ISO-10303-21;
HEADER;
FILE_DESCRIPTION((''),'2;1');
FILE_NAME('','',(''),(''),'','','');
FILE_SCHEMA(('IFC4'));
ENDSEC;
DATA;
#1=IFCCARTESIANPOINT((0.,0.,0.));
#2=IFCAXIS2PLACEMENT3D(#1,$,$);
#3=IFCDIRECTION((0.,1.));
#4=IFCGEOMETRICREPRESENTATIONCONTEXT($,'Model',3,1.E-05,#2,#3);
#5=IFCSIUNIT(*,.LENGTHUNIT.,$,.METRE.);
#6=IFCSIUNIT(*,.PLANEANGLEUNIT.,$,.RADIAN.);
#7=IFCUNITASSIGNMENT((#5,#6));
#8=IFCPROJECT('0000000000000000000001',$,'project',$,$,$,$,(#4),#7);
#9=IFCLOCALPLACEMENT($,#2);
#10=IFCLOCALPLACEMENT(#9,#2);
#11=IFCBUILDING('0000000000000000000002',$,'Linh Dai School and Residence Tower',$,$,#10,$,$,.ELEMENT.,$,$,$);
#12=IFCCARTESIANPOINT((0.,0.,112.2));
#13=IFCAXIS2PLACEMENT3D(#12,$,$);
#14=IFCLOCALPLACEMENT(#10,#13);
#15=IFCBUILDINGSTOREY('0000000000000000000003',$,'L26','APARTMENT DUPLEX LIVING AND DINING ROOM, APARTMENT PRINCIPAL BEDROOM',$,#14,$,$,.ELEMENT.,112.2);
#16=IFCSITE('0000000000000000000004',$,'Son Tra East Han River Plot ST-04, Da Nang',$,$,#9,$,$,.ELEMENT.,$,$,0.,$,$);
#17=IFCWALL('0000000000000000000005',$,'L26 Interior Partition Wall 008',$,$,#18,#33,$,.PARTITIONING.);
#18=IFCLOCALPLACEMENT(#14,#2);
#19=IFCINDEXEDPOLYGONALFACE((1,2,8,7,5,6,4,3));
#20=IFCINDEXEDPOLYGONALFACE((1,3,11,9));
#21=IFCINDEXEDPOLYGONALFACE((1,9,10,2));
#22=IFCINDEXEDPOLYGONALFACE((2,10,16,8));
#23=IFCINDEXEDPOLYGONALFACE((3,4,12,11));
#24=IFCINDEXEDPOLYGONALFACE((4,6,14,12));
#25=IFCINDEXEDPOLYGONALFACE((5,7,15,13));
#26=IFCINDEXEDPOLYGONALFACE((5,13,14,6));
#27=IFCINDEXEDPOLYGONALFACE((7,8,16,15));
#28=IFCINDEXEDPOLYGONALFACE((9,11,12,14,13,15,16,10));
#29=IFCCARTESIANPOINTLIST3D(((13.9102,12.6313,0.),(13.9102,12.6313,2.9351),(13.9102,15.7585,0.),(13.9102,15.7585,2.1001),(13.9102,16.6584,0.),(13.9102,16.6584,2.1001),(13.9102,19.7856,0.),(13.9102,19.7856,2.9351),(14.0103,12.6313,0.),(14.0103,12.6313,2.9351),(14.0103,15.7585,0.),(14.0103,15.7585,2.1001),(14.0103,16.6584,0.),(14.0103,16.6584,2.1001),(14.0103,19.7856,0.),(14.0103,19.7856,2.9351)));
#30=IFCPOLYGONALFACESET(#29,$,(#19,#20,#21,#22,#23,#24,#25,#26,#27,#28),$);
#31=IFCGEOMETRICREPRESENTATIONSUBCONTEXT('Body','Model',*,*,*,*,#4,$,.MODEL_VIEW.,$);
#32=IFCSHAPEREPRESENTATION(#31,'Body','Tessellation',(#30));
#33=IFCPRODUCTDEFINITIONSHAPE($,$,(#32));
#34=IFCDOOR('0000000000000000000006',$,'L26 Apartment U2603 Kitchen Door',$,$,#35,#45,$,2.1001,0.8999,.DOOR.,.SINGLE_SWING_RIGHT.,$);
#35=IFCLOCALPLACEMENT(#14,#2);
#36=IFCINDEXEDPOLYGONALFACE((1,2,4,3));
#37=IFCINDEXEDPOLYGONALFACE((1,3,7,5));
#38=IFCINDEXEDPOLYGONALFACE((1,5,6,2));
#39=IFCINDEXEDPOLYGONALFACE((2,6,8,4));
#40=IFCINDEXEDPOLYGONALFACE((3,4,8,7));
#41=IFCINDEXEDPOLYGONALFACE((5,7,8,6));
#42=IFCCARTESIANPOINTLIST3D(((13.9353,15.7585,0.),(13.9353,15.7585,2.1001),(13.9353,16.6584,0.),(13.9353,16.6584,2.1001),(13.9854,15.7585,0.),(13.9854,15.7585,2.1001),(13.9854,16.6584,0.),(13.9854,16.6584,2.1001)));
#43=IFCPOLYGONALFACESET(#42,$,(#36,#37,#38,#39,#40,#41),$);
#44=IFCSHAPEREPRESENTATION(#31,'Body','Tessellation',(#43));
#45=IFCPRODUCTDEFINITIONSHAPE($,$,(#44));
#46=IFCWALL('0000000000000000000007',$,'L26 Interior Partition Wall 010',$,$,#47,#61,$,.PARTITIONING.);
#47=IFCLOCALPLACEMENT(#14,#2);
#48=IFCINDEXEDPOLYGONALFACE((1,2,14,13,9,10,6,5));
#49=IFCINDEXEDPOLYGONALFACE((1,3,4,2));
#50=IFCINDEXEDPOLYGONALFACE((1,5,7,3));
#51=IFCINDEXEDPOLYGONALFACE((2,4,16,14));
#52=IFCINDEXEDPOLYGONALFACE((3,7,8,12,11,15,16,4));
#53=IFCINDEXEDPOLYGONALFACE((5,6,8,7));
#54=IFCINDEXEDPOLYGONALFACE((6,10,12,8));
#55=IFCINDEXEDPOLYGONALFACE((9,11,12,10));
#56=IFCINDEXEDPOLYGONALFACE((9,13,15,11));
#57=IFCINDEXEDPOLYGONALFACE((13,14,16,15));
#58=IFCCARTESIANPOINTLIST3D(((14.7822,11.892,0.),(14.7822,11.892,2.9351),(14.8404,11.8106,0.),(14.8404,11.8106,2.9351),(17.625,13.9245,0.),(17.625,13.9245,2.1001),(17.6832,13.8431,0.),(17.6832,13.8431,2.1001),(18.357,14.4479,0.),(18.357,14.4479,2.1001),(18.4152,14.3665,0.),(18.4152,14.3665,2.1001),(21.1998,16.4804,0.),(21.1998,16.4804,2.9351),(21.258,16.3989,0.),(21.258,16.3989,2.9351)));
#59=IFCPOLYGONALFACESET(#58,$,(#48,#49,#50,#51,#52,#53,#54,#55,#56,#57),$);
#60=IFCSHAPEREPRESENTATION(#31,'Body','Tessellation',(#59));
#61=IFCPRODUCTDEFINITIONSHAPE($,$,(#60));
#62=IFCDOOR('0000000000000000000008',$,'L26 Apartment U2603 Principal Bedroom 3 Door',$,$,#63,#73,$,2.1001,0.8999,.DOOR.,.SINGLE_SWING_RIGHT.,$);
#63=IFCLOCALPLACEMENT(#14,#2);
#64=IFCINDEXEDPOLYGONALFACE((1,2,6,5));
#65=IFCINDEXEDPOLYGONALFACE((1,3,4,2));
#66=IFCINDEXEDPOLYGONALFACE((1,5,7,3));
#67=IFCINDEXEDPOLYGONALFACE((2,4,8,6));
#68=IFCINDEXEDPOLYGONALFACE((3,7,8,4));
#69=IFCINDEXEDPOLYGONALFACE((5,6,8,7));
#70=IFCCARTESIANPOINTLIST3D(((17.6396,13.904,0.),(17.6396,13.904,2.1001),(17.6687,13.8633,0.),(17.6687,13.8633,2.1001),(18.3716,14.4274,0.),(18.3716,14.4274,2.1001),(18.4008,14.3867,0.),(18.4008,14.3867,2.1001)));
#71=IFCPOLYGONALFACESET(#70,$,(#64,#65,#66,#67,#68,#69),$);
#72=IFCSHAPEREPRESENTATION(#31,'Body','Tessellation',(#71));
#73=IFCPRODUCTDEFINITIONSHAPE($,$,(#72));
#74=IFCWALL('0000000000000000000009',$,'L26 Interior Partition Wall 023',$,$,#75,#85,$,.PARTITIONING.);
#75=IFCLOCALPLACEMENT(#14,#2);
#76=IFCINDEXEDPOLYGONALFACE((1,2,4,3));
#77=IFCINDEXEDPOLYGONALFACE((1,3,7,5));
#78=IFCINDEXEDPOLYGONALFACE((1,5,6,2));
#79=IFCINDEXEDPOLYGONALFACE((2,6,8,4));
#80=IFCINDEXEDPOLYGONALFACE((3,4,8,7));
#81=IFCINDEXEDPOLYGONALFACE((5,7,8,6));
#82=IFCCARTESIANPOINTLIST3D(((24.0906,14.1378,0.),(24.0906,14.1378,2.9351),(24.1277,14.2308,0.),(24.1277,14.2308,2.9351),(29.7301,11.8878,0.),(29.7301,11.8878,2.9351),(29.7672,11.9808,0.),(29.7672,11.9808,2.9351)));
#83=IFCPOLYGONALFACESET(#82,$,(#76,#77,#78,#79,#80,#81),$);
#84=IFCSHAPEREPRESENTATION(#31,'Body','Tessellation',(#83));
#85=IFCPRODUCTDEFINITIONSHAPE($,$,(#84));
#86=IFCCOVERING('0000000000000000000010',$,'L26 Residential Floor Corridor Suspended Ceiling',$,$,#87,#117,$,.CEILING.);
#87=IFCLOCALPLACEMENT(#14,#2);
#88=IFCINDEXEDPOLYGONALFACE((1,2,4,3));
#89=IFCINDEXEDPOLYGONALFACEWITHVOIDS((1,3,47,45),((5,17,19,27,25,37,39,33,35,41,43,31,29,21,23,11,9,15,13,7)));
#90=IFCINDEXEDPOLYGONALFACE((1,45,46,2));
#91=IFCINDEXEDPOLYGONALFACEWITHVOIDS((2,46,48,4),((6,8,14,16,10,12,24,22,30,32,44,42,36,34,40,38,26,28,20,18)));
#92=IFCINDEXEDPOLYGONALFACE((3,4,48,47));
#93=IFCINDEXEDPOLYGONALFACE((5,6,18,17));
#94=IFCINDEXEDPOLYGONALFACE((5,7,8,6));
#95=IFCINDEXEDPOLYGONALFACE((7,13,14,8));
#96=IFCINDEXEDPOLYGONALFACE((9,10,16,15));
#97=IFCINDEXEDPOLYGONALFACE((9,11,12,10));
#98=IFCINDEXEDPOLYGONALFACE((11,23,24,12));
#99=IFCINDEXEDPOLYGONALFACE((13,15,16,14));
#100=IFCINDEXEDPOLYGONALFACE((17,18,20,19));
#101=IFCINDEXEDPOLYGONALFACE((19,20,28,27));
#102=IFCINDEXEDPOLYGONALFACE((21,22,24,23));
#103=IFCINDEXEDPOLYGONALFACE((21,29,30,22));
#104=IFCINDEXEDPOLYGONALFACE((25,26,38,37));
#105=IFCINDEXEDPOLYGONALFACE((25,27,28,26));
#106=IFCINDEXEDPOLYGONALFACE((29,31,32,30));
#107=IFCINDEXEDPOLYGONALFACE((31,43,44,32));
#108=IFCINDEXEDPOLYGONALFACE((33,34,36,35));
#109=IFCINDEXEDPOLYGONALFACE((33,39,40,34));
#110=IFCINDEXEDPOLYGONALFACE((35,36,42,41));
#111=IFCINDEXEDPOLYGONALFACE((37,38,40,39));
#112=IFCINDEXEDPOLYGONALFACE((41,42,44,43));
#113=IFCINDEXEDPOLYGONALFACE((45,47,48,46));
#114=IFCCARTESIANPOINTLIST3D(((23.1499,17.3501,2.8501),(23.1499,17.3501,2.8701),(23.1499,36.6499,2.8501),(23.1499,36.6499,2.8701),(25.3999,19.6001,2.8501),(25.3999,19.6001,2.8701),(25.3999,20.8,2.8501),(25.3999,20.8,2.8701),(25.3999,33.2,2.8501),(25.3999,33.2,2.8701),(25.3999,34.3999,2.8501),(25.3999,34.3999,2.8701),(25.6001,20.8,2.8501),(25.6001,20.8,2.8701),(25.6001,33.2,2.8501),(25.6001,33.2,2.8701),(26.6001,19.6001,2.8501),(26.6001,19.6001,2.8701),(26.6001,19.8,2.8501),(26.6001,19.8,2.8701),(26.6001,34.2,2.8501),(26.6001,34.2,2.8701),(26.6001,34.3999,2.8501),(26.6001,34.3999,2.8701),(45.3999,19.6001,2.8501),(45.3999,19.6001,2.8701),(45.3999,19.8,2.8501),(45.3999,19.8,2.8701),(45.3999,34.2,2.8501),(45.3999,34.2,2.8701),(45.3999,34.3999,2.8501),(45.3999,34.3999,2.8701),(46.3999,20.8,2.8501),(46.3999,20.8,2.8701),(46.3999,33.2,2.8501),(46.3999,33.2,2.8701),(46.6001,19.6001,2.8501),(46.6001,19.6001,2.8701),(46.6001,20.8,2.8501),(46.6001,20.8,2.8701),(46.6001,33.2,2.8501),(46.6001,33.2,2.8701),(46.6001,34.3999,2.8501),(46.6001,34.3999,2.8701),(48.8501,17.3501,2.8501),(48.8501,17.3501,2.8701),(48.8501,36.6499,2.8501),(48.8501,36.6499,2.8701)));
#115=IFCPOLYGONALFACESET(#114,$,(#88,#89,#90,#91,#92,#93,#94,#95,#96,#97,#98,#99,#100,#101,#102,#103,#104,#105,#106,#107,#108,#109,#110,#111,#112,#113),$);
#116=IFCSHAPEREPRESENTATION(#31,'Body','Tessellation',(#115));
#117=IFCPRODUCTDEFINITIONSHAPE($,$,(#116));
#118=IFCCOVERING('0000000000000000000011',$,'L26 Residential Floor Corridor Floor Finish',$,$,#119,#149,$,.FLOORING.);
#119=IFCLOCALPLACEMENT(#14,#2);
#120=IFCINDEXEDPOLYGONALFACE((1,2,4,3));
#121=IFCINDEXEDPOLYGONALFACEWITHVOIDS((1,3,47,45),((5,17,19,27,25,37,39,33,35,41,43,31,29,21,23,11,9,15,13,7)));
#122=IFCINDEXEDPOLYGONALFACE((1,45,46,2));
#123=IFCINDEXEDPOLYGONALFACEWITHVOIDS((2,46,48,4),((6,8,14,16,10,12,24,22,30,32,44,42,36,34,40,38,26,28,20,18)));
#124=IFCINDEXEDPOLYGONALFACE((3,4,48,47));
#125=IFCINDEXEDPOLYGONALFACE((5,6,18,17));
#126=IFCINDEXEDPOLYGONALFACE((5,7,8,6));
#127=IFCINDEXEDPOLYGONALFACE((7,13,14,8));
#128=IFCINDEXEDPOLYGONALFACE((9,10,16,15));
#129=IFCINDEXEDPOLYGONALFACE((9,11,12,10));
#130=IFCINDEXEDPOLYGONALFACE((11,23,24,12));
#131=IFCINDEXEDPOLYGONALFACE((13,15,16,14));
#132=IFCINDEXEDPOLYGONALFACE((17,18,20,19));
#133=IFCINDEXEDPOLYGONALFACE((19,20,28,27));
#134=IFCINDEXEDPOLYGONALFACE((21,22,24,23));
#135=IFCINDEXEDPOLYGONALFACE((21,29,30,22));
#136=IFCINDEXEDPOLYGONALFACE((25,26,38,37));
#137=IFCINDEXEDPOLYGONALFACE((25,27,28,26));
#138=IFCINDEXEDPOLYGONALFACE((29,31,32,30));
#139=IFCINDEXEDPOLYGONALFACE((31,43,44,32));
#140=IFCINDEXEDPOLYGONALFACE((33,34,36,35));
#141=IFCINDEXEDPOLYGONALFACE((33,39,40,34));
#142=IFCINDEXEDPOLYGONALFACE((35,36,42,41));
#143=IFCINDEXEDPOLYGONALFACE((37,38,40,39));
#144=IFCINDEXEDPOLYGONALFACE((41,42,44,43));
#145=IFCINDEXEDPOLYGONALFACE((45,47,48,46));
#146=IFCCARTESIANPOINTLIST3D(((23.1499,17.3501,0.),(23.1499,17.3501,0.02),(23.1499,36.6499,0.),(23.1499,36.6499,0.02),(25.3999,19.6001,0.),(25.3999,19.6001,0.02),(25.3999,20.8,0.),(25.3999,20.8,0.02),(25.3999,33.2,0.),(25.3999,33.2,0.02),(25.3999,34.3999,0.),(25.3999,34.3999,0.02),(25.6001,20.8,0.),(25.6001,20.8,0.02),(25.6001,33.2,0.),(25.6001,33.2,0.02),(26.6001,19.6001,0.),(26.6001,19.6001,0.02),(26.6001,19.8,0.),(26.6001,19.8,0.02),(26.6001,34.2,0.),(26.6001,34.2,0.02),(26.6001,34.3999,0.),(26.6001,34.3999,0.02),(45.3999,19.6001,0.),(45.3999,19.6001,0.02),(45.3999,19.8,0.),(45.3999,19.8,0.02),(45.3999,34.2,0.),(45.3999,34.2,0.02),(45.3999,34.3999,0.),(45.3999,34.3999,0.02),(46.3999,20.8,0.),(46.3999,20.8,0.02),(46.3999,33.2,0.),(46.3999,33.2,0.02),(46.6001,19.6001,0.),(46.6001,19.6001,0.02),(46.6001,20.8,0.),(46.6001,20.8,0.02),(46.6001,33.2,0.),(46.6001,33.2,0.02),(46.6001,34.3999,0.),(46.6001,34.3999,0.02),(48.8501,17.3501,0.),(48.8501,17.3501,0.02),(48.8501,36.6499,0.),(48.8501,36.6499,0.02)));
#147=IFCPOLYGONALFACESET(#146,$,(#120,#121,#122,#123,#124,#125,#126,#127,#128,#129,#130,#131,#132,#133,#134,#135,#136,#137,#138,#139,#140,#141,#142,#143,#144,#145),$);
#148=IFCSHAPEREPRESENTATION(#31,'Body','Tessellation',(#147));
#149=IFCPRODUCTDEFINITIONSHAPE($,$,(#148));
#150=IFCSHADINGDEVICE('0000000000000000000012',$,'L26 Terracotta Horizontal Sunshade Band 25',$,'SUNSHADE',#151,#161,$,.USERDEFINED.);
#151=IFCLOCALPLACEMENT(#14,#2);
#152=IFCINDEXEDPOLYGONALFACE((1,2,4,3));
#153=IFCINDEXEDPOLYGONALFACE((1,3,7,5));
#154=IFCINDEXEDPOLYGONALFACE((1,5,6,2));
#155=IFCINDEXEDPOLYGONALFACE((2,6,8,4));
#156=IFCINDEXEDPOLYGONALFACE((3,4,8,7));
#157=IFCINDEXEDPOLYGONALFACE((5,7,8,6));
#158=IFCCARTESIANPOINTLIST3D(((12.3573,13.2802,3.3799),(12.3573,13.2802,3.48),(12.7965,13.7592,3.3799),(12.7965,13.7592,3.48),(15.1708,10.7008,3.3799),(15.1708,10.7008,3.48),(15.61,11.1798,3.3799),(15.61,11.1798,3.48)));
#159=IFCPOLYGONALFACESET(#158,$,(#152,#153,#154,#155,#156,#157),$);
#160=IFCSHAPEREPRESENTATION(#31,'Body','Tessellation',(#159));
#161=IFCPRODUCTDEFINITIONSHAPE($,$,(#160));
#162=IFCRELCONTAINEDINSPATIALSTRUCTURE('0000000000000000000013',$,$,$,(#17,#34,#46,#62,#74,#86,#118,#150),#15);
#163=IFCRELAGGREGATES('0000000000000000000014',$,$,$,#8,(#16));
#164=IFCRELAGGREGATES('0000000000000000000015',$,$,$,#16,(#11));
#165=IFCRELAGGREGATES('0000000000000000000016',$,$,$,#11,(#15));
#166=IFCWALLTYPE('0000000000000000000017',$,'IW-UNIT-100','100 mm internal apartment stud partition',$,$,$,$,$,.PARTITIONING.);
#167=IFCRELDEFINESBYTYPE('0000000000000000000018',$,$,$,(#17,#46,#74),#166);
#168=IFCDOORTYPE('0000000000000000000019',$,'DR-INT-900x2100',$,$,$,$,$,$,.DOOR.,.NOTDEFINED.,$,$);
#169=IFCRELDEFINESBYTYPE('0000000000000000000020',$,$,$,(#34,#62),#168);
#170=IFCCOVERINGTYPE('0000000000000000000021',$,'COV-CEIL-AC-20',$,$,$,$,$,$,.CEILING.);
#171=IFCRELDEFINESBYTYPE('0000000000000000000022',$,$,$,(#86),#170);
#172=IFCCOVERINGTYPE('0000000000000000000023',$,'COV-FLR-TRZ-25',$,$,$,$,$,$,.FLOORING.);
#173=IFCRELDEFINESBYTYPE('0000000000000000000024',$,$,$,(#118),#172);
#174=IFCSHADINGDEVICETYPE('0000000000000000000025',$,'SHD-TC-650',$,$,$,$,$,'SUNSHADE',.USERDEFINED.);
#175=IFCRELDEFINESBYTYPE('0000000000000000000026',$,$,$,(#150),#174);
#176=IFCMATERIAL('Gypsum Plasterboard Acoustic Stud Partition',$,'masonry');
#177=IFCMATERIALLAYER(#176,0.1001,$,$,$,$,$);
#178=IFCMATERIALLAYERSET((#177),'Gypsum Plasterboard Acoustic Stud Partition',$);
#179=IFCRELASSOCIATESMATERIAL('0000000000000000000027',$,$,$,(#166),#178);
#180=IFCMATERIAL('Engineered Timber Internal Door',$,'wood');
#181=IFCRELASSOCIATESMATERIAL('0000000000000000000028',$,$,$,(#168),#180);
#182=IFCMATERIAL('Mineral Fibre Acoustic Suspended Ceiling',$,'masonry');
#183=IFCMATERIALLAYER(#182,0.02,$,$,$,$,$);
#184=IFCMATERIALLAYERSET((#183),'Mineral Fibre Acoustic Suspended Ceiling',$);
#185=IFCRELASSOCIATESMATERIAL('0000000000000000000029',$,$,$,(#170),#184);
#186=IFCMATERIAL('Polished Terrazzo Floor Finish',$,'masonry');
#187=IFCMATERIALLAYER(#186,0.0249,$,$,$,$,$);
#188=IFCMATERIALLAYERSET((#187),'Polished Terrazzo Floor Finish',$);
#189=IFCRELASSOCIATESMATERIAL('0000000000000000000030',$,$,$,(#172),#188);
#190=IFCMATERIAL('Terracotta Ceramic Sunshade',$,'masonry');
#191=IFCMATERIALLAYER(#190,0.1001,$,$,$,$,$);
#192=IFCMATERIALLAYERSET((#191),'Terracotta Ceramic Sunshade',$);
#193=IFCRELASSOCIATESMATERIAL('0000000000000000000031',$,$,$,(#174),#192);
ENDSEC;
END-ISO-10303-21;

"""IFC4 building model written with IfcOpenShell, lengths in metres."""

from ifc_helpers import new_model, si_unit, direction, frame, frame_2d, origin, origin_2d, place, context, subcontext, project, spatial, polyline, rectangle, outline, extrude, source, transform, mapped, material, layer, layer_set, type_object, element, fill, save


model = new_model("IFC4")

# Units and contexts
model_context = context("Model", 3, precision=1e-05, world=origin(), true_north=direction((0.0, 1.0)))
body_context = subcontext(model_context, "Body", "Model", "MODEL_VIEW")
ifc_project = project(units=[si_unit("LENGTHUNIT", "METRE"), si_unit("PLANEANGLEUNIT", "RADIAN")], contexts=[model_context])

# Site, building, storey
site_placement = place(None, origin())
site = spatial("IfcSite", under=ifc_project, at=site_placement, Name="Son Tra East Han River Plot ST-04, Da Nang", CompositionType="ELEMENT", RefElevation=0.0)
building_placement = place(site_placement, origin())
building = spatial("IfcBuilding", under=site, at=building_placement, Name="Linh Dai School and Residence Tower", CompositionType="ELEMENT")
storey_placement = place(building_placement, frame((0.0, 0.0, 112.2)))
storey = spatial("IfcBuildingStorey", under=building, at=storey_placement, Name="L26", Description="APARTMENT DUPLEX LIVING AND DINING ROOM, APARTMENT PRINCIPAL BEDROOM", CompositionType="ELEMENT", Elevation=112.2)

# Shared definitions
ifc_material_1 = material(Name="Gypsum Plasterboard Acoustic Stud Partition", Category="masonry")
ifc_layer_1 = layer(ifc_material_1, 0.1001)
ifc_layer_set_1 = layer_set([ifc_layer_1], Name="Gypsum Plasterboard Acoustic Stud Partition")
wall_type_1 = type_object("IfcWallType", Name="IW-UNIT-100", Description="100 mm internal apartment stud partition", PredefinedType="PARTITIONING", material=ifc_layer_set_1)

# Walls, openings, doors
wall_1_placement = place(storey_placement, frame((13.9602, 12.6313, 0.0), z_axis=(0.0, 0.0, 1.0), x_axis=(0.0, 1.0, 0.0)))
wall_1 = element("IfcWall", 1, at=wall_1_placement, inside=storey, type_object=wall_type_1, Name="L26 Interior Partition Wall 008", PredefinedType="PARTITIONING", context=body_context, shape_type="SweptSolid", body=[
    extrude(rectangle(XDim=7.1543, YDim=0.1001, at=frame_2d((3.5771, 0.0))), origin(), (0.0, 0.0, 1.0), 2.9351),
])
opening_1_placement = place(wall_1_placement, frame((3.1272, 0.0, 0.0)))
opening_1 = element("IfcOpeningElement", 2, at=opening_1_placement, cuts=wall_1, PredefinedType="OPENING", context=body_context, shape_type="SweptSolid", body=[
    extrude(rectangle(XDim=0.8999, YDim=2.1001, at=origin_2d()), frame((0.45, 0.0601, 1.05), z_axis=(0.0, -1.0, 0.0), x_axis=(1.0, 0.0, 0.0)), (0.0, 0.0, 1.0), 0.1201),
])
ifc_material_2 = material(Name="Engineered Timber Internal Door", Category="wood")
door_type = type_object("IfcDoorType", Name="DR-INT-900x2100", OperationType="NOTDEFINED", PredefinedType="DOOR", material=ifc_material_2)
shared_shape_1 = source(origin(), body_context, "Body", "SweptSolid", [
    extrude(rectangle(XDim=0.8999, YDim=2.1001, at=origin_2d()), frame((0.45, 0.0249, 1.05), z_axis=(0.0, -1.0, 0.0), x_axis=(1.0, 0.0, 0.0)), (0.0, 0.0, 1.0), 0.05),
])
door_1_placement = place(opening_1_placement, origin())
door_1 = element("IfcDoor", 3, at=door_1_placement, inside=storey, type_object=door_type, Name="L26 Apartment U2603 Kitchen Door", OperationType="SINGLE_SWING_RIGHT", OverallHeight=2.1001, OverallWidth=0.8999, PredefinedType="DOOR", context=body_context, shape_type="MappedRepresentation", body=[
    mapped(shared_shape_1, transform((0.0, 0.0, 0.0), x_axis=(1.0, 0.0, 0.0), y_axis=(0.0, 1.0, 0.0), z_axis=(0.0, 0.0, 1.0), scale=1.0)),
])
fill(opening_1, door_1)
wall_2_placement = place(storey_placement, frame((14.8113, 11.8513, 0.0), z_axis=(0.0, 0.0, 1.0), x_axis=(0.813476, 0.581598, 0.0)))
wall_2 = element("IfcWall", 4, at=wall_2_placement, inside=storey, type_object=wall_type_1, Name="L26 Interior Partition Wall 010", PredefinedType="PARTITIONING", context=body_context, shape_type="SweptSolid", body=[
    extrude(rectangle(XDim=7.8892, YDim=0.1001, at=frame_2d((3.9446, 0.0))), origin(), (0.0, 0.0, 1.0), 2.9351),
])
opening_2_placement = place(wall_2_placement, frame((3.4946, 0.0, 0.0)))
opening_2 = element("IfcOpeningElement", 5, at=opening_2_placement, cuts=wall_2, PredefinedType="OPENING", context=body_context, shape_type="SweptSolid", body=[
    extrude(rectangle(XDim=0.8999, YDim=2.1001, at=origin_2d()), frame((0.45, 0.0601, 1.05), z_axis=(0.0, -1.0, 0.0), x_axis=(1.0, 0.0, 0.0)), (0.0, 0.0, 1.0), 0.1201),
])
door_2_placement = place(opening_2_placement, origin())
door_2 = element("IfcDoor", 6, at=door_2_placement, inside=storey, type_object=door_type, Name="L26 Apartment U2603 Principal Bedroom 3 Door", OperationType="SINGLE_SWING_RIGHT", OverallHeight=2.1001, OverallWidth=0.8999, PredefinedType="DOOR", context=body_context, shape_type="MappedRepresentation", body=[
    mapped(shared_shape_1, transform((0.0, 0.0, 0.0), x_axis=(1.0, 0.0, 0.0), y_axis=(0.0, 1.0, 0.0), z_axis=(0.0, 0.0, 1.0), scale=1.0)),
])
fill(opening_2, door_2)

# Wall
wall_3_placement = place(storey_placement, frame((24.1091, 14.1843, 0.0), z_axis=(0.0, 0.0, 1.0), x_axis=(0.928804, -0.370572, 0.0)))
element("IfcWall", 7, at=wall_3_placement, inside=storey, type_object=wall_type_1, Name="L26 Interior Partition Wall 023", PredefinedType="PARTITIONING", context=body_context, shape_type="SweptSolid", body=[
    extrude(rectangle(XDim=6.0718, YDim=0.1001, at=frame_2d((3.0359, 0.0))), origin(), (0.0, 0.0, 1.0), 2.9351),
])

# Coverings
ifc_material_3 = material(Name="Mineral Fibre Acoustic Suspended Ceiling", Category="masonry")
ifc_layer_2 = layer(ifc_material_3, 0.02)
ifc_layer_set_2 = layer_set([ifc_layer_2], Name="Mineral Fibre Acoustic Suspended Ceiling")
covering_type_1 = type_object("IfcCoveringType", Name="COV-CEIL-AC-20", PredefinedType="CEILING", material=ifc_layer_set_2)
covering_1_placement = place(storey_placement, frame((0.0, 0.0, 2.8501)))
element("IfcCovering", 8, at=covering_1_placement, inside=storey, type_object=covering_type_1, Name="L26 Residential Floor Corridor Suspended Ceiling", PredefinedType="CEILING", context=body_context, shape_type="SweptSolid", body=[
    extrude(outline(polyline([(48.8501, 36.6499), (48.8501, 17.3501), (23.1499, 17.3501), (23.1499, 36.6499), (48.8501, 36.6499)]), holes=[polyline([(26.6001, 34.2), (26.6001, 34.3999), (25.3999, 34.3999), (25.3999, 33.2), (25.6001, 33.2), (25.6001, 20.8), (25.3999, 20.8), (25.3999, 19.6001), (26.6001, 19.6001), (26.6001, 19.8), (45.3999, 19.8), (45.3999, 19.6001), (46.6001, 19.6001), (46.6001, 20.8), (46.3999, 20.8), (46.3999, 33.2), (46.6001, 33.2), (46.6001, 34.3999), (45.3999, 34.3999), (45.3999, 34.2), (26.6001, 34.2)])]), origin(), (0.0, 0.0, 1.0), 0.02),
])
ifc_material_4 = material(Name="Polished Terrazzo Floor Finish", Category="masonry")
ifc_layer_3 = layer(ifc_material_4, 0.0249)
ifc_layer_set_3 = layer_set([ifc_layer_3], Name="Polished Terrazzo Floor Finish")
covering_type_2 = type_object("IfcCoveringType", Name="COV-FLR-TRZ-25", PredefinedType="FLOORING", material=ifc_layer_set_3)
covering_2_placement = place(storey_placement, origin())
element("IfcCovering", 9, at=covering_2_placement, inside=storey, type_object=covering_type_2, Name="L26 Residential Floor Corridor Floor Finish", PredefinedType="FLOORING", context=body_context, shape_type="SweptSolid", body=[
    extrude(outline(polyline([(48.8501, 36.6499), (48.8501, 17.3501), (23.1499, 17.3501), (23.1499, 36.6499), (48.8501, 36.6499)]), holes=[polyline([(26.6001, 34.2), (26.6001, 34.3999), (25.3999, 34.3999), (25.3999, 33.2), (25.6001, 33.2), (25.6001, 20.8), (25.3999, 20.8), (25.3999, 19.6001), (26.6001, 19.6001), (26.6001, 19.8), (45.3999, 19.8), (45.3999, 19.6001), (46.6001, 19.6001), (46.6001, 20.8), (46.3999, 20.8), (46.3999, 33.2), (46.6001, 33.2), (46.6001, 34.3999), (45.3999, 34.3999), (45.3999, 34.2), (26.6001, 34.2)])]), origin(), (0.0, 0.0, 1.0), 0.02),
])

# Shading device
ifc_material_5 = material(Name="Terracotta Ceramic Sunshade", Category="masonry")
ifc_layer_4 = layer(ifc_material_5, 0.1001)
ifc_layer_set_4 = layer_set([ifc_layer_4], Name="Terracotta Ceramic Sunshade")
shading_device_type = type_object("IfcShadingDeviceType", Name="SHD-TC-650", ElementType="SUNSHADE", PredefinedType="USERDEFINED", material=ifc_layer_set_4)
shared_shape_2 = source(origin(), body_context, "Body", "SweptSolid", [
    extrude(rectangle(XDim=3.8169, YDim=0.6499, at=origin_2d()), origin(), (0.0, 0.0, 1.0), 0.1001),
])
shading_device_placement = place(storey_placement, frame((13.9836, 12.23, 3.3799), z_axis=(0.0, 0.0, 1.0), x_axis=(-0.7371, 0.675783, 0.0)))
element("IfcShadingDevice", 10, at=shading_device_placement, inside=storey, type_object=shading_device_type, Name="L26 Terracotta Horizontal Sunshade Band 25", ObjectType="SUNSHADE", PredefinedType="USERDEFINED", context=body_context, shape_type="MappedRepresentation", body=[
    mapped(shared_shape_2, transform((0.0, 0.0, 0.0), x_axis=(1.0, 0.0, 0.0), y_axis=(0.0, 1.0, 0.0), z_axis=(0.0, 0.0, 1.0), scale=1.0)),
])

save(model, "model.ifc")
